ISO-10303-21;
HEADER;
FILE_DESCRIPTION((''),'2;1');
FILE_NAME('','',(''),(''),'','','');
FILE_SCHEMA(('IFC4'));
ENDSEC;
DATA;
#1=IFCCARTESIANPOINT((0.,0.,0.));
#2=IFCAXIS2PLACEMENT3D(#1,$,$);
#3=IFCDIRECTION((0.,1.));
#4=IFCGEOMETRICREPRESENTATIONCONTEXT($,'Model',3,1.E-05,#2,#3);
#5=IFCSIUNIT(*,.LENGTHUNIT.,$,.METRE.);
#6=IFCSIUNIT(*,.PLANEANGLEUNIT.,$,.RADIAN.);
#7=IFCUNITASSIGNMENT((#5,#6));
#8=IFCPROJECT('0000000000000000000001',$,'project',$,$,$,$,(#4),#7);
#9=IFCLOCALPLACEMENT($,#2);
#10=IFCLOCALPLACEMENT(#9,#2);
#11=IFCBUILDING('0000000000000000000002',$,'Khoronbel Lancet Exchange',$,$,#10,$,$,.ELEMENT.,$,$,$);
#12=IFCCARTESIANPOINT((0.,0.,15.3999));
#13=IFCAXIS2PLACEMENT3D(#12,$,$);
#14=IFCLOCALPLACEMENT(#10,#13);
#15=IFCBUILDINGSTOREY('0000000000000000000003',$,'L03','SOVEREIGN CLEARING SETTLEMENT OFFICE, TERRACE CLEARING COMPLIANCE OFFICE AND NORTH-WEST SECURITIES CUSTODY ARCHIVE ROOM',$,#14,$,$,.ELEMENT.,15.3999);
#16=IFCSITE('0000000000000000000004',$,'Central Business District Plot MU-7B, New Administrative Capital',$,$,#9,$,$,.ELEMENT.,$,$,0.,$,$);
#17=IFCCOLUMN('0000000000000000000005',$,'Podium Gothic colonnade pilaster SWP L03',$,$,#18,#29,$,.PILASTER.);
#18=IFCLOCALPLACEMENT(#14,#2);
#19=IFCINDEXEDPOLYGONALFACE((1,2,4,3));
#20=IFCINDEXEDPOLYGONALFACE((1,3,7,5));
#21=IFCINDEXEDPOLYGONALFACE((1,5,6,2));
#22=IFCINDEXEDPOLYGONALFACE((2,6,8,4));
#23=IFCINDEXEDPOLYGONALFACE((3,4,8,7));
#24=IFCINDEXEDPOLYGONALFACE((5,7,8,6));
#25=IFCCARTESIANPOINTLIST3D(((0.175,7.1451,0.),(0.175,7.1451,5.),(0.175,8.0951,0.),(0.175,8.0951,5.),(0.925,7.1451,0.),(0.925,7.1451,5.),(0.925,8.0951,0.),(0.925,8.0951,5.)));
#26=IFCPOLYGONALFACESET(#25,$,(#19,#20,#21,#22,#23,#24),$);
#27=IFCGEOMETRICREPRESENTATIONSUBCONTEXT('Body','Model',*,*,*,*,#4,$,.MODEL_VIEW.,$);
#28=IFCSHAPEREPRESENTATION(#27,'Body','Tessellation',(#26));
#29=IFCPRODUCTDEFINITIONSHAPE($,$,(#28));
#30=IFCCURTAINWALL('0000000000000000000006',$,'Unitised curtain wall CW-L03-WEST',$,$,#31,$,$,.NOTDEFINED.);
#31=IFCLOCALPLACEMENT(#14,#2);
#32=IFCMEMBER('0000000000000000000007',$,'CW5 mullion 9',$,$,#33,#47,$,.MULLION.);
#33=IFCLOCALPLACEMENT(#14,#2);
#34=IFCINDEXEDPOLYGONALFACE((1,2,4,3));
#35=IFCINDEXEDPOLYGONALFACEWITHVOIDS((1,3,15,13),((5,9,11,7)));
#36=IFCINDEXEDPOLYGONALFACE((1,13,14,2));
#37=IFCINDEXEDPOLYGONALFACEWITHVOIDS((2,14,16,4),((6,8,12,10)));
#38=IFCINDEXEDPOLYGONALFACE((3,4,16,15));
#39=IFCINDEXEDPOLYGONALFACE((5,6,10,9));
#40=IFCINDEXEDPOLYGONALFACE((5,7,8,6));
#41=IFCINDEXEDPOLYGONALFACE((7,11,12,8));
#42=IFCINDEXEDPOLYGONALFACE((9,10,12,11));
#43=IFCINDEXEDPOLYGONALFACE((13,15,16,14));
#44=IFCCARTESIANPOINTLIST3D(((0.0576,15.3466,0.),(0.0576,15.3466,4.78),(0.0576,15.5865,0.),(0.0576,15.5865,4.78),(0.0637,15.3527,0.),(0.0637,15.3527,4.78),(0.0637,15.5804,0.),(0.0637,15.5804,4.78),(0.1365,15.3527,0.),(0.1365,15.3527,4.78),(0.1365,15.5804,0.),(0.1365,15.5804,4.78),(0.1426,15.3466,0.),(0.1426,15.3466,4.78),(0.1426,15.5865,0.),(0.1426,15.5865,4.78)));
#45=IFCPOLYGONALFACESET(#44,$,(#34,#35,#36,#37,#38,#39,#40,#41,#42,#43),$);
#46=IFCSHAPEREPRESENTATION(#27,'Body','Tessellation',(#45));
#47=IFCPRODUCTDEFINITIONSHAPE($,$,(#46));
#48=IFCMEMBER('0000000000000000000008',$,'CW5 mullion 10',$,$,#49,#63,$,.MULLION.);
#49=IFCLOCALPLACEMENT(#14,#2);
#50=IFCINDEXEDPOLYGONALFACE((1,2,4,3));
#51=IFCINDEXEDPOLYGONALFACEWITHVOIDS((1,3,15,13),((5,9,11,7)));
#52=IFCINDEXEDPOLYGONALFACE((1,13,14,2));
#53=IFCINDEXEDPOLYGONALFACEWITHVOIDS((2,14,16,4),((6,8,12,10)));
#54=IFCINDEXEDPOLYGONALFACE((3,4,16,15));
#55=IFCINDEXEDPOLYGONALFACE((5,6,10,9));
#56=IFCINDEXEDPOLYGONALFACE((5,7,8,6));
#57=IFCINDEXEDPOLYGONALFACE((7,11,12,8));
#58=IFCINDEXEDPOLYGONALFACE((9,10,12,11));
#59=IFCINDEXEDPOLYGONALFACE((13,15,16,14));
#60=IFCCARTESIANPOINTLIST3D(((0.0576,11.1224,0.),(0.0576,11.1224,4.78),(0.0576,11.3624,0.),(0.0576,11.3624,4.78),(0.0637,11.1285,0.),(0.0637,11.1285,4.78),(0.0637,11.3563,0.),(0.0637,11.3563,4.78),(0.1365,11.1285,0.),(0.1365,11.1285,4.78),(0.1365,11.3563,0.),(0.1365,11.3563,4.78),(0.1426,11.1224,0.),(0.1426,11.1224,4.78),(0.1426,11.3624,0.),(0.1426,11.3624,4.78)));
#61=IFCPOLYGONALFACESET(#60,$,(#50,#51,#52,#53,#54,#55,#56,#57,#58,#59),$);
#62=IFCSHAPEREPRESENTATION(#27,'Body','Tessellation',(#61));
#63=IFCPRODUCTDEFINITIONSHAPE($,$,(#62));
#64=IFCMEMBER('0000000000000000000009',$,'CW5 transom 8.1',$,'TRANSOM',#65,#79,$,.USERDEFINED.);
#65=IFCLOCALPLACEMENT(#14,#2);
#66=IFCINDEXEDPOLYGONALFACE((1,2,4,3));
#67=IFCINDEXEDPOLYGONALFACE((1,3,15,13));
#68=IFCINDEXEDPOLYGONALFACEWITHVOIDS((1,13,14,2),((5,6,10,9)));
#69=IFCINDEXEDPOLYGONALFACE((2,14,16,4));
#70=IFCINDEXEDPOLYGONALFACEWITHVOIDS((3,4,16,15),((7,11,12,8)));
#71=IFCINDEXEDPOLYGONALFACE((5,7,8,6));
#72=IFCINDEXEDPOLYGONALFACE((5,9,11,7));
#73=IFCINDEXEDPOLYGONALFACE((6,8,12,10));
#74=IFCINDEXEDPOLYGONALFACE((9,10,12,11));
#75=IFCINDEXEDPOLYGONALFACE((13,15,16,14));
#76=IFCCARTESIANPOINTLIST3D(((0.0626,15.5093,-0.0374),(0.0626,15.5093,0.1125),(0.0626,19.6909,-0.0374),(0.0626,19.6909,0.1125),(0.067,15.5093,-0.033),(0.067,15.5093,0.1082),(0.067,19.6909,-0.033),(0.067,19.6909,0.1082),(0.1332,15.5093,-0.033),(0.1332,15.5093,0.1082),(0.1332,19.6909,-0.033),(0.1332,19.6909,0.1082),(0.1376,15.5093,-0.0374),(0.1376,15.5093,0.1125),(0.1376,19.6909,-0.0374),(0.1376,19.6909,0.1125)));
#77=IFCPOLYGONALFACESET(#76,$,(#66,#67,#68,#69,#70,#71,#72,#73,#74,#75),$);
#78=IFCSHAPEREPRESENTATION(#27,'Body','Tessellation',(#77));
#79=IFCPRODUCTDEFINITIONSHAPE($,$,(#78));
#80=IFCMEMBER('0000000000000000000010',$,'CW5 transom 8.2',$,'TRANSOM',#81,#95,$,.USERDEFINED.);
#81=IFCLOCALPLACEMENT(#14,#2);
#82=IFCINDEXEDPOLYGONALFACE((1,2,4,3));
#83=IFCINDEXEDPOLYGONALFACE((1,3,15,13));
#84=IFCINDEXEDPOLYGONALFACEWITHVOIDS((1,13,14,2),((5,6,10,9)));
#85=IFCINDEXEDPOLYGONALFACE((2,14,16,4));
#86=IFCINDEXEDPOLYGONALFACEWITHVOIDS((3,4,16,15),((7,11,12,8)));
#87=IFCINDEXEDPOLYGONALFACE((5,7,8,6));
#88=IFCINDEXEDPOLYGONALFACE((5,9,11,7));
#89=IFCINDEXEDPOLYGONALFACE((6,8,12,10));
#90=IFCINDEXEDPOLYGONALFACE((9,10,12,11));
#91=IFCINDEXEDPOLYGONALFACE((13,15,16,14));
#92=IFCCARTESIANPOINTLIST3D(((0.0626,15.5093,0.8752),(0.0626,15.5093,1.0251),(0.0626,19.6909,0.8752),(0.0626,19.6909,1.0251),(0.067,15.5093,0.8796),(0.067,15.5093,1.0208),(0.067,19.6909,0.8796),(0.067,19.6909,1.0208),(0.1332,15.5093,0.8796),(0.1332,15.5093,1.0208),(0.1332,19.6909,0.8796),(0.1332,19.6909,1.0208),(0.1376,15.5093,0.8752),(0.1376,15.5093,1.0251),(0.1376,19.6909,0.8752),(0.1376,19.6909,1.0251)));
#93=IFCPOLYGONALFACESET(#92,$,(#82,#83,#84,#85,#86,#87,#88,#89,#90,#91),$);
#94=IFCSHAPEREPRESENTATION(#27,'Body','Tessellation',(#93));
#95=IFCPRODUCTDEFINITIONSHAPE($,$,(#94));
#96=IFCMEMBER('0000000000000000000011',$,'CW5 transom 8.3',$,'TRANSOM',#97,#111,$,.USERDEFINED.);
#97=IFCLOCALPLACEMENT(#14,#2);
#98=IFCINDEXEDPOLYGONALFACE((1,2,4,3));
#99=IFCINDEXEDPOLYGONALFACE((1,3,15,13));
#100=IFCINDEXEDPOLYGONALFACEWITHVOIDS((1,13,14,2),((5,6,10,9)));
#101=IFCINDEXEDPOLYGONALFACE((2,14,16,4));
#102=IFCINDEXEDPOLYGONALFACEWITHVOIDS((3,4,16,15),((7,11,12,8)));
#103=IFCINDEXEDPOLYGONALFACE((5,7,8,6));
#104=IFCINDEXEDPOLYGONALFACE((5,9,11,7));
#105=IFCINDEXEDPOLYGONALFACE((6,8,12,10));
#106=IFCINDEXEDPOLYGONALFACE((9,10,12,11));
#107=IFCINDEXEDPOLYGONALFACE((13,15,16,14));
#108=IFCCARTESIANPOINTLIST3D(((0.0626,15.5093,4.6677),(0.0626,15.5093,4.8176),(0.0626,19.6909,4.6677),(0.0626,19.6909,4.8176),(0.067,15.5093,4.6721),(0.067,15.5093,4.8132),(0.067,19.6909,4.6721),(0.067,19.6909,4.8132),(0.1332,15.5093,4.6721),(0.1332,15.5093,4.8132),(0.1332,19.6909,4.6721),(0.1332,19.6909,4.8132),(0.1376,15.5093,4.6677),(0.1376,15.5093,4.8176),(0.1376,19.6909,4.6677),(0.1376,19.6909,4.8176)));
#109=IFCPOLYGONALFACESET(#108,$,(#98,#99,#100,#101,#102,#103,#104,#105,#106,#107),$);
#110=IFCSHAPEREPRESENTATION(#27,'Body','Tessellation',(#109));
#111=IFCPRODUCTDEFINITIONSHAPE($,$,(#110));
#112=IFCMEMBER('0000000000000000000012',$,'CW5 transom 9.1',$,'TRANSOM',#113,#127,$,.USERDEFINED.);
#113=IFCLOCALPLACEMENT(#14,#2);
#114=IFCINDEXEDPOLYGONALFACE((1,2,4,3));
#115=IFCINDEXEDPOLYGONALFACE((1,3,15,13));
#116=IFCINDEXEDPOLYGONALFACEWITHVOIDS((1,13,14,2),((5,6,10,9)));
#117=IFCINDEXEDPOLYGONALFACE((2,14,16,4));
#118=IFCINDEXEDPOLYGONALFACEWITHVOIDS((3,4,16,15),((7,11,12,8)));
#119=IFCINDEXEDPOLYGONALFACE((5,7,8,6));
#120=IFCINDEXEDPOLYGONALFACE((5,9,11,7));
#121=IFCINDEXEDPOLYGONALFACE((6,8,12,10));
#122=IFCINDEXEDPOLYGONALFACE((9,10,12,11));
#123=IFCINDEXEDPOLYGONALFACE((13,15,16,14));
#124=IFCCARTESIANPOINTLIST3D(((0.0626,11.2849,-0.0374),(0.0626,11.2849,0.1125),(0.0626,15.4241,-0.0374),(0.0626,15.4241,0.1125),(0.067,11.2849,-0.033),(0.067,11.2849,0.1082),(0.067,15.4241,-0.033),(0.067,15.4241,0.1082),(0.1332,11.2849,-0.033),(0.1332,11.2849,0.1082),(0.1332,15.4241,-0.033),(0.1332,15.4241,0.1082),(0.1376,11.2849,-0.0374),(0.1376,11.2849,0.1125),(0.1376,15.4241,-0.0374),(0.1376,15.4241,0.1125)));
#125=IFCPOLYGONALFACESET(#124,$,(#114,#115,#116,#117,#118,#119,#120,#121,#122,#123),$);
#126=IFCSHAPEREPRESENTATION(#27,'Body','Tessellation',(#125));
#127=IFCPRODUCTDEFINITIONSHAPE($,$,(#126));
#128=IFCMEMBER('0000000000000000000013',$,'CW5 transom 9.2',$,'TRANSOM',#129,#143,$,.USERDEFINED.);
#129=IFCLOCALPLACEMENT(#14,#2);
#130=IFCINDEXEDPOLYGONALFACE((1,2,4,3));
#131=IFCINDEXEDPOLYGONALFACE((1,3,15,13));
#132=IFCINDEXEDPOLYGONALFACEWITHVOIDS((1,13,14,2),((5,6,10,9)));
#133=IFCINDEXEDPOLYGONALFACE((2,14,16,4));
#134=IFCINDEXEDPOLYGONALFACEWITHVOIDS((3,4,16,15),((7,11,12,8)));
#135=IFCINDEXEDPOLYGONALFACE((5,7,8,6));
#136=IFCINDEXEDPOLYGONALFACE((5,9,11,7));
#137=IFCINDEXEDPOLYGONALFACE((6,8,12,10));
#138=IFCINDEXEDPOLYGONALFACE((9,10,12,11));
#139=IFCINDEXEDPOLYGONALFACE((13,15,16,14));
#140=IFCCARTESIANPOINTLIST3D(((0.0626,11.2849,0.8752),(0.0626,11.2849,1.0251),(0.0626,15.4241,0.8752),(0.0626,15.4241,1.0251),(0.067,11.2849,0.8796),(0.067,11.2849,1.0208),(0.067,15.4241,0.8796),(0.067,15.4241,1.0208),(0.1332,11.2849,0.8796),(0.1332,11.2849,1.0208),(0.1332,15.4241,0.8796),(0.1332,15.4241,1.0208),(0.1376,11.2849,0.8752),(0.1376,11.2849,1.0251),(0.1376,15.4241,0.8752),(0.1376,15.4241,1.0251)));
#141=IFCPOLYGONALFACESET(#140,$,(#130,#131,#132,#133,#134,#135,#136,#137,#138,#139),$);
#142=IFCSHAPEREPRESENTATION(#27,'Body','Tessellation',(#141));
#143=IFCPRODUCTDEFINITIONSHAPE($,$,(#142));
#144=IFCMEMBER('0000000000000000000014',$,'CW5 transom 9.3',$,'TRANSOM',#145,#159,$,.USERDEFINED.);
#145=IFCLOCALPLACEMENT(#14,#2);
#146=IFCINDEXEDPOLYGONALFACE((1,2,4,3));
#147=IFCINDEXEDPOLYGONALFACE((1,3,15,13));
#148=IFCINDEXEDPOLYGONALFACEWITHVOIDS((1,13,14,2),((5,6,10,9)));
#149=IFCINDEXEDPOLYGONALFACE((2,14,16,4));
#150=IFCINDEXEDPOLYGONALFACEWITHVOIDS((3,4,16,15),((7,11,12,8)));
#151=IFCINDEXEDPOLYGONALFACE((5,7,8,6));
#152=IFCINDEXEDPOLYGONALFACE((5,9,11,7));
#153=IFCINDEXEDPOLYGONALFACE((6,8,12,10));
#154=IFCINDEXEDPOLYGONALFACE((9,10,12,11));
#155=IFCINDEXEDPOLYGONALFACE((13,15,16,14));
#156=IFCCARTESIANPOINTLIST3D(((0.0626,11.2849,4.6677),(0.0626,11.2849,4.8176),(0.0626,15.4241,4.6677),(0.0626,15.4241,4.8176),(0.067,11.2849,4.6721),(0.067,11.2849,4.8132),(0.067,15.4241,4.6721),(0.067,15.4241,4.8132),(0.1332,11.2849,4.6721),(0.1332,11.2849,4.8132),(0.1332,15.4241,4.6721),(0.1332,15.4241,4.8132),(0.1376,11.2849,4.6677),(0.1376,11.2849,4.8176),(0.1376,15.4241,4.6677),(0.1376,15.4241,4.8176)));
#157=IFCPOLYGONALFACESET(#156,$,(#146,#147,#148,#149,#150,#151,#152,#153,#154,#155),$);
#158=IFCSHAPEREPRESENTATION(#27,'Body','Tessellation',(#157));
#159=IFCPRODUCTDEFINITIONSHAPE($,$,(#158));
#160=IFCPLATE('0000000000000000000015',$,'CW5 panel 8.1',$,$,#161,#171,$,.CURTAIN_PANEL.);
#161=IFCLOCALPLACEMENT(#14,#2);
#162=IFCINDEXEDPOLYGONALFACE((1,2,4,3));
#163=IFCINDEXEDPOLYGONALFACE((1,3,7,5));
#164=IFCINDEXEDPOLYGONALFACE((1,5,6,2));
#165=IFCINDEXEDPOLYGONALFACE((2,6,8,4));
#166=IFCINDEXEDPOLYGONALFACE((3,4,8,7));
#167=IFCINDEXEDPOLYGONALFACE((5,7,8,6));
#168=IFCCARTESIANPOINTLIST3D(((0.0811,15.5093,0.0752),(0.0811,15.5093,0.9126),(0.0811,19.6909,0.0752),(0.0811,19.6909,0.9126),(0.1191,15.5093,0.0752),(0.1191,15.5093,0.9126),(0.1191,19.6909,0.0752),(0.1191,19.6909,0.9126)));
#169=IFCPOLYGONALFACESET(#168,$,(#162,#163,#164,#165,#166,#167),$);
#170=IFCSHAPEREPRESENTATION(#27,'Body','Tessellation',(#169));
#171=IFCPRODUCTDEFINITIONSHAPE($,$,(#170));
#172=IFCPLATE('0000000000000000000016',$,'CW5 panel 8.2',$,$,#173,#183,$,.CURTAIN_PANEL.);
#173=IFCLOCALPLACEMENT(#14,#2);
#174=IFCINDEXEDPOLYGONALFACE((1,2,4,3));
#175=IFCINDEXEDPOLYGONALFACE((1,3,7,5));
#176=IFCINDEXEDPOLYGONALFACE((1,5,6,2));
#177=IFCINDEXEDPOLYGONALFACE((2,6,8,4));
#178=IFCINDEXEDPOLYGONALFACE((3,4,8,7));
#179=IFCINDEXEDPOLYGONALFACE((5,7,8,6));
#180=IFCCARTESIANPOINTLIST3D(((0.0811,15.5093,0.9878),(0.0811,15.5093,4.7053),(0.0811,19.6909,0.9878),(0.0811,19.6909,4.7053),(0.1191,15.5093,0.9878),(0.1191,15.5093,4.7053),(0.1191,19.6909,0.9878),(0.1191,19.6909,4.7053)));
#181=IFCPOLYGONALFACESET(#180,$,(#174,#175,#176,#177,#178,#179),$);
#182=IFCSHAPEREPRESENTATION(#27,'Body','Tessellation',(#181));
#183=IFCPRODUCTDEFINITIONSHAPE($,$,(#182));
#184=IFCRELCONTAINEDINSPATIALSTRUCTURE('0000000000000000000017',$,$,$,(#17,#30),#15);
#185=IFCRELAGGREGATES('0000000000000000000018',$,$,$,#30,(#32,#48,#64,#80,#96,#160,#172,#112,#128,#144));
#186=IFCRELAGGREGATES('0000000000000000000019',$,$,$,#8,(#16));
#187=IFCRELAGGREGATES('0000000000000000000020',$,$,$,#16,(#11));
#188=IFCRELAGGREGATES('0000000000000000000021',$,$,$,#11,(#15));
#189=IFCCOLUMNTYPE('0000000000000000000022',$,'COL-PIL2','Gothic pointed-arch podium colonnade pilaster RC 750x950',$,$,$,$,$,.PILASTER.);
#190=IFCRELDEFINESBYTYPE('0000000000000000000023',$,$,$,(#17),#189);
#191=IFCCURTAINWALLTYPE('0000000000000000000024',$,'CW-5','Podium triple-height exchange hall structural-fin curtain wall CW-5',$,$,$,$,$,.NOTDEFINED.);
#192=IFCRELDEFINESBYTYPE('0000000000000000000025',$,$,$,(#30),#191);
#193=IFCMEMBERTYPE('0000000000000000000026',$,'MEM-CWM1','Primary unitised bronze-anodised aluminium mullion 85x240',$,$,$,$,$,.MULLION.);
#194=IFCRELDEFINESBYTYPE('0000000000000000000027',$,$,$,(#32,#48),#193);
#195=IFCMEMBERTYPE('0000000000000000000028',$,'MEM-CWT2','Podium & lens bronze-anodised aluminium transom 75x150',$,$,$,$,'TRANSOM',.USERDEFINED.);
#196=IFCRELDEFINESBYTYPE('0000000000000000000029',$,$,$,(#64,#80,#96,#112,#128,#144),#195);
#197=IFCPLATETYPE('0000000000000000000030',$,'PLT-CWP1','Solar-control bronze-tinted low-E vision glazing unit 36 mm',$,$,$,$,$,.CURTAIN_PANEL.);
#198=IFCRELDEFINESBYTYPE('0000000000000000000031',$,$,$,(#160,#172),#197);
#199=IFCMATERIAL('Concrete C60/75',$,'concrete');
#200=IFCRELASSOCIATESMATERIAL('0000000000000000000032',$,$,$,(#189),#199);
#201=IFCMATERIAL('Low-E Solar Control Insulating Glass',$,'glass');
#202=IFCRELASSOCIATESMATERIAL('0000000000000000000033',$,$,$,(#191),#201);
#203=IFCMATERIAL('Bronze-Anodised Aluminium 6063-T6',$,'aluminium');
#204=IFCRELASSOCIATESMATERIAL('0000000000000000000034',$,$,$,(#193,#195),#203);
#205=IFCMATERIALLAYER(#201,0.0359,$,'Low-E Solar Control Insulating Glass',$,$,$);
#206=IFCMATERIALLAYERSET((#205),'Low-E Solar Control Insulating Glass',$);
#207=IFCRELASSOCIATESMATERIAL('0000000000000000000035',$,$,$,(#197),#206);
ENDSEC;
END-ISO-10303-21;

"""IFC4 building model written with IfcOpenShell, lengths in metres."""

from ifc_helpers import new_model, si_unit, direction, frame, origin, origin_2d, place, context, subcontext, project, spatial, rectangle, hollow_rectangle, extrude, material, layer, layer_set, material_profile, profile_set, type_object, element, aggregate, save


model = new_model("IFC4")

# Units and contexts
model_context = context("Model", 3, precision=1e-05, world=origin(), true_north=direction((0.0, 1.0)))
body_context = subcontext(model_context, "Body", "Model", "MODEL_VIEW")
ifc_project = project(units=[si_unit("LENGTHUNIT", "METRE"), si_unit("PLANEANGLEUNIT", "RADIAN")], contexts=[model_context])

# Site, building, storey
site_placement = place(None, origin())
site = spatial("IfcSite", under=ifc_project, at=site_placement, Name="Central Business District Plot MU-7B, New Administrative Capital", CompositionType="ELEMENT", RefElevation=0.0)
building_placement = place(site_placement, origin())
building = spatial("IfcBuilding", under=site, at=building_placement, Name="Khoronbel Lancet Exchange", CompositionType="ELEMENT")
storey_placement = place(building_placement, frame((0.0, 0.0, 15.3999)))
storey = spatial("IfcBuildingStorey", under=building, at=storey_placement, Name="L03", Description="SOVEREIGN CLEARING SETTLEMENT OFFICE, TERRACE CLEARING COMPLIANCE OFFICE AND NORTH-WEST SECURITIES CUSTODY ARCHIVE ROOM", CompositionType="ELEMENT", Elevation=15.3999)

# Column
ifc_material_1 = material(Name="Concrete C60/75", Category="concrete")
ifc_material_profile_1 = material_profile(ifc_material_1, rectangle(XDim=0.75, YDim=0.95, at=origin_2d()), Name="RC 750x950")
ifc_profile_set_1 = profile_set([ifc_material_profile_1], Name="Concrete C60/75")
column_type = type_object("IfcColumnType", Name="COL-PIL2", Description="Gothic pointed-arch podium colonnade pilaster RC 750x950", PredefinedType="PILASTER", material=ifc_profile_set_1)
column_placement = place(storey_placement, frame((0.55, 7.6201, 0.0), z_axis=(0.0, 0.0, 1.0), x_axis=(1.0, 0.0, 0.0)))
element("IfcColumn", 1, at=column_placement, inside=storey, type_object=column_type, Name="Podium Gothic colonnade pilaster SWP L03", PredefinedType="PILASTER", context=body_context, shape_type="SweptSolid", body=[
    extrude(rectangle(XDim=0.75, YDim=0.95, at=origin_2d()), origin(), (0.0, 0.0, 1.0), 5.0),
])

# Curtain wall, members, plates
ifc_material_2 = material(Name="Low-E Solar Control Insulating Glass", Category="glass")
curtain_wall_type = type_object("IfcCurtainWallType", Name="CW-5", Description="Podium triple-height exchange hall structural-fin curtain wall CW-5", PredefinedType="NOTDEFINED", material=ifc_material_2)
curtain_wall_placement = place(storey_placement, origin())
curtain_wall = element("IfcCurtainWall", 2, at=curtain_wall_placement, inside=storey, type_object=curtain_wall_type, Name="Unitised curtain wall CW-L03-WEST", PredefinedType="NOTDEFINED")
ifc_material_3 = material(Name="Bronze-Anodised Aluminium 6063-T6", Category="aluminium")
ifc_material_profile_2 = material_profile(ifc_material_3, hollow_rectangle(XDim=0.085, YDim=0.24, WallThickness=0.0061, at=origin_2d()), Name="ALU MULLION 85x240")
ifc_profile_set_2 = profile_set([ifc_material_profile_2], Name="Bronze-Anodised Aluminium 6063-T6")
member_type_1 = type_object("IfcMemberType", Name="MEM-CWM1", Description="Primary unitised bronze-anodised aluminium mullion 85x240", PredefinedType="MULLION", material=ifc_profile_set_2)
member_1_placement = place(storey_placement, frame((0.1001, 15.4666, 0.0), z_axis=(0.0, 0.0, 1.0), x_axis=(1.0, 0.0, 0.0)))
member_1 = element("IfcMember", 3, at=member_1_placement, type_object=member_type_1, Name="CW5 mullion 9", PredefinedType="MULLION", context=body_context, shape_type="SweptSolid", body=[
    extrude(hollow_rectangle(XDim=0.085, YDim=0.24, WallThickness=0.0061, at=origin_2d()), origin(), (0.0, 0.0, 1.0), 4.78),
])
member_2_placement = place(storey_placement, frame((0.1001, 11.2424, 0.0), z_axis=(0.0, 0.0, 1.0), x_axis=(1.0, 0.0, 0.0)))
member_2 = element("IfcMember", 4, at=member_2_placement, type_object=member_type_1, Name="CW5 mullion 10", PredefinedType="MULLION", context=body_context, shape_type="SweptSolid", body=[
    extrude(hollow_rectangle(XDim=0.085, YDim=0.24, WallThickness=0.0061, at=origin_2d()), origin(), (0.0, 0.0, 1.0), 4.78),
])
ifc_material_profile_3 = material_profile(ifc_material_3, hollow_rectangle(XDim=0.075, YDim=0.1499, WallThickness=0.0044, at=origin_2d()), Name="ALU TRANSOM 75x150")
ifc_profile_set_3 = profile_set([ifc_material_profile_3], Name="Bronze-Anodised Aluminium 6063-T6")
member_type_2 = type_object("IfcMemberType", Name="MEM-CWT2", Description="Podium & lens bronze-anodised aluminium transom 75x150", ElementType="TRANSOM", PredefinedType="USERDEFINED", material=ifc_profile_set_3)
member_3_placement = place(storey_placement, frame((0.1001, 19.6909, 0.0376), z_axis=(0.0, -1.0, 0.0), x_axis=(1.0, 0.0, 0.0)))
member_3 = element("IfcMember", 5, at=member_3_placement, type_object=member_type_2, Name="CW5 transom 8.1", ObjectType="TRANSOM", PredefinedType="USERDEFINED", context=body_context, shape_type="SweptSolid", body=[
    extrude(hollow_rectangle(XDim=0.075, YDim=0.1499, WallThickness=0.0044, at=origin_2d()), origin(), (0.0, 0.0, 1.0), 4.1816),
])
member_4_placement = place(storey_placement, frame((0.1001, 19.6909, 0.9502), z_axis=(0.0, -1.0, 0.0), x_axis=(1.0, 0.0, 0.0)))
member_4 = element("IfcMember", 6, at=member_4_placement, type_object=member_type_2, Name="CW5 transom 8.2", ObjectType="TRANSOM", PredefinedType="USERDEFINED", context=body_context, shape_type="SweptSolid", body=[
    extrude(hollow_rectangle(XDim=0.075, YDim=0.1499, WallThickness=0.0044, at=origin_2d()), origin(), (0.0, 0.0, 1.0), 4.1816),
])
member_5_placement = place(storey_placement, frame((0.1001, 19.6909, 4.7427), z_axis=(0.0, -1.0, 0.0), x_axis=(1.0, 0.0, 0.0)))
member_5 = element("IfcMember", 7, at=member_5_placement, type_object=member_type_2, Name="CW5 transom 8.3", ObjectType="TRANSOM", PredefinedType="USERDEFINED", context=body_context, shape_type="SweptSolid", body=[
    extrude(hollow_rectangle(XDim=0.075, YDim=0.1499, WallThickness=0.0044, at=origin_2d()), origin(), (0.0, 0.0, 1.0), 4.1816),
])
member_6_placement = place(storey_placement, frame((0.1001, 15.4241, 0.0376), z_axis=(0.0, -1.0, 0.0), x_axis=(1.0, 0.0, 0.0)))
member_6 = element("IfcMember", 8, at=member_6_placement, type_object=member_type_2, Name="CW5 transom 9.1", ObjectType="TRANSOM", PredefinedType="USERDEFINED", context=body_context, shape_type="SweptSolid", body=[
    extrude(hollow_rectangle(XDim=0.075, YDim=0.1499, WallThickness=0.0044, at=origin_2d()), origin(), (0.0, 0.0, 1.0), 4.1392),
])
member_7_placement = place(storey_placement, frame((0.1001, 15.4241, 0.9502), z_axis=(0.0, -1.0, 0.0), x_axis=(1.0, 0.0, 0.0)))
member_7 = element("IfcMember", 9, at=member_7_placement, type_object=member_type_2, Name="CW5 transom 9.2", ObjectType="TRANSOM", PredefinedType="USERDEFINED", context=body_context, shape_type="SweptSolid", body=[
    extrude(hollow_rectangle(XDim=0.075, YDim=0.1499, WallThickness=0.0044, at=origin_2d()), origin(), (0.0, 0.0, 1.0), 4.1392),
])
member_8_placement = place(storey_placement, frame((0.1001, 15.4241, 4.7427), z_axis=(0.0, -1.0, 0.0), x_axis=(1.0, 0.0, 0.0)))
member_8 = element("IfcMember", 10, at=member_8_placement, type_object=member_type_2, Name="CW5 transom 9.3", ObjectType="TRANSOM", PredefinedType="USERDEFINED", context=body_context, shape_type="SweptSolid", body=[
    extrude(hollow_rectangle(XDim=0.075, YDim=0.1499, WallThickness=0.0044, at=origin_2d()), origin(), (0.0, 0.0, 1.0), 4.1392),
])
ifc_layer_1 = layer(ifc_material_2, 0.0359, Name="Low-E Solar Control Insulating Glass")
ifc_layer_set_1 = layer_set([ifc_layer_1], Name="Low-E Solar Control Insulating Glass")
plate_type = type_object("IfcPlateType", Name="PLT-CWP1", Description="Solar-control bronze-tinted low-E vision glazing unit 36 mm", PredefinedType="CURTAIN_PANEL", material=ifc_layer_set_1)
plate_1_placement = place(storey_placement, frame((0.1001, 17.6001, 0.0752), z_axis=(0.0, 0.0, 1.0), x_axis=(0.0, -1.0, 0.0)))
plate_1 = element("IfcPlate", 11, at=plate_1_placement, type_object=plate_type, Name="CW5 panel 8.1", PredefinedType="CURTAIN_PANEL", context=body_context, shape_type="SweptSolid", body=[
    extrude(rectangle(XDim=4.1816, YDim=0.0381, at=origin_2d()), origin(), (0.0, 0.0, 1.0), 0.8374),
])
plate_2_placement = place(storey_placement, frame((0.1001, 17.6001, 0.9878), z_axis=(0.0, 0.0, 1.0), x_axis=(0.0, -1.0, 0.0)))
plate_2 = element("IfcPlate", 12, at=plate_2_placement, type_object=plate_type, Name="CW5 panel 8.2", PredefinedType="CURTAIN_PANEL", context=body_context, shape_type="SweptSolid", body=[
    extrude(rectangle(XDim=4.1816, YDim=0.0381, at=origin_2d()), origin(), (0.0, 0.0, 1.0), 3.7175),
])
aggregate(curtain_wall, [member_1, member_2, member_3, member_4, member_5, plate_1, plate_2, member_6, member_7, member_8])

save(model, "model.ifc")
